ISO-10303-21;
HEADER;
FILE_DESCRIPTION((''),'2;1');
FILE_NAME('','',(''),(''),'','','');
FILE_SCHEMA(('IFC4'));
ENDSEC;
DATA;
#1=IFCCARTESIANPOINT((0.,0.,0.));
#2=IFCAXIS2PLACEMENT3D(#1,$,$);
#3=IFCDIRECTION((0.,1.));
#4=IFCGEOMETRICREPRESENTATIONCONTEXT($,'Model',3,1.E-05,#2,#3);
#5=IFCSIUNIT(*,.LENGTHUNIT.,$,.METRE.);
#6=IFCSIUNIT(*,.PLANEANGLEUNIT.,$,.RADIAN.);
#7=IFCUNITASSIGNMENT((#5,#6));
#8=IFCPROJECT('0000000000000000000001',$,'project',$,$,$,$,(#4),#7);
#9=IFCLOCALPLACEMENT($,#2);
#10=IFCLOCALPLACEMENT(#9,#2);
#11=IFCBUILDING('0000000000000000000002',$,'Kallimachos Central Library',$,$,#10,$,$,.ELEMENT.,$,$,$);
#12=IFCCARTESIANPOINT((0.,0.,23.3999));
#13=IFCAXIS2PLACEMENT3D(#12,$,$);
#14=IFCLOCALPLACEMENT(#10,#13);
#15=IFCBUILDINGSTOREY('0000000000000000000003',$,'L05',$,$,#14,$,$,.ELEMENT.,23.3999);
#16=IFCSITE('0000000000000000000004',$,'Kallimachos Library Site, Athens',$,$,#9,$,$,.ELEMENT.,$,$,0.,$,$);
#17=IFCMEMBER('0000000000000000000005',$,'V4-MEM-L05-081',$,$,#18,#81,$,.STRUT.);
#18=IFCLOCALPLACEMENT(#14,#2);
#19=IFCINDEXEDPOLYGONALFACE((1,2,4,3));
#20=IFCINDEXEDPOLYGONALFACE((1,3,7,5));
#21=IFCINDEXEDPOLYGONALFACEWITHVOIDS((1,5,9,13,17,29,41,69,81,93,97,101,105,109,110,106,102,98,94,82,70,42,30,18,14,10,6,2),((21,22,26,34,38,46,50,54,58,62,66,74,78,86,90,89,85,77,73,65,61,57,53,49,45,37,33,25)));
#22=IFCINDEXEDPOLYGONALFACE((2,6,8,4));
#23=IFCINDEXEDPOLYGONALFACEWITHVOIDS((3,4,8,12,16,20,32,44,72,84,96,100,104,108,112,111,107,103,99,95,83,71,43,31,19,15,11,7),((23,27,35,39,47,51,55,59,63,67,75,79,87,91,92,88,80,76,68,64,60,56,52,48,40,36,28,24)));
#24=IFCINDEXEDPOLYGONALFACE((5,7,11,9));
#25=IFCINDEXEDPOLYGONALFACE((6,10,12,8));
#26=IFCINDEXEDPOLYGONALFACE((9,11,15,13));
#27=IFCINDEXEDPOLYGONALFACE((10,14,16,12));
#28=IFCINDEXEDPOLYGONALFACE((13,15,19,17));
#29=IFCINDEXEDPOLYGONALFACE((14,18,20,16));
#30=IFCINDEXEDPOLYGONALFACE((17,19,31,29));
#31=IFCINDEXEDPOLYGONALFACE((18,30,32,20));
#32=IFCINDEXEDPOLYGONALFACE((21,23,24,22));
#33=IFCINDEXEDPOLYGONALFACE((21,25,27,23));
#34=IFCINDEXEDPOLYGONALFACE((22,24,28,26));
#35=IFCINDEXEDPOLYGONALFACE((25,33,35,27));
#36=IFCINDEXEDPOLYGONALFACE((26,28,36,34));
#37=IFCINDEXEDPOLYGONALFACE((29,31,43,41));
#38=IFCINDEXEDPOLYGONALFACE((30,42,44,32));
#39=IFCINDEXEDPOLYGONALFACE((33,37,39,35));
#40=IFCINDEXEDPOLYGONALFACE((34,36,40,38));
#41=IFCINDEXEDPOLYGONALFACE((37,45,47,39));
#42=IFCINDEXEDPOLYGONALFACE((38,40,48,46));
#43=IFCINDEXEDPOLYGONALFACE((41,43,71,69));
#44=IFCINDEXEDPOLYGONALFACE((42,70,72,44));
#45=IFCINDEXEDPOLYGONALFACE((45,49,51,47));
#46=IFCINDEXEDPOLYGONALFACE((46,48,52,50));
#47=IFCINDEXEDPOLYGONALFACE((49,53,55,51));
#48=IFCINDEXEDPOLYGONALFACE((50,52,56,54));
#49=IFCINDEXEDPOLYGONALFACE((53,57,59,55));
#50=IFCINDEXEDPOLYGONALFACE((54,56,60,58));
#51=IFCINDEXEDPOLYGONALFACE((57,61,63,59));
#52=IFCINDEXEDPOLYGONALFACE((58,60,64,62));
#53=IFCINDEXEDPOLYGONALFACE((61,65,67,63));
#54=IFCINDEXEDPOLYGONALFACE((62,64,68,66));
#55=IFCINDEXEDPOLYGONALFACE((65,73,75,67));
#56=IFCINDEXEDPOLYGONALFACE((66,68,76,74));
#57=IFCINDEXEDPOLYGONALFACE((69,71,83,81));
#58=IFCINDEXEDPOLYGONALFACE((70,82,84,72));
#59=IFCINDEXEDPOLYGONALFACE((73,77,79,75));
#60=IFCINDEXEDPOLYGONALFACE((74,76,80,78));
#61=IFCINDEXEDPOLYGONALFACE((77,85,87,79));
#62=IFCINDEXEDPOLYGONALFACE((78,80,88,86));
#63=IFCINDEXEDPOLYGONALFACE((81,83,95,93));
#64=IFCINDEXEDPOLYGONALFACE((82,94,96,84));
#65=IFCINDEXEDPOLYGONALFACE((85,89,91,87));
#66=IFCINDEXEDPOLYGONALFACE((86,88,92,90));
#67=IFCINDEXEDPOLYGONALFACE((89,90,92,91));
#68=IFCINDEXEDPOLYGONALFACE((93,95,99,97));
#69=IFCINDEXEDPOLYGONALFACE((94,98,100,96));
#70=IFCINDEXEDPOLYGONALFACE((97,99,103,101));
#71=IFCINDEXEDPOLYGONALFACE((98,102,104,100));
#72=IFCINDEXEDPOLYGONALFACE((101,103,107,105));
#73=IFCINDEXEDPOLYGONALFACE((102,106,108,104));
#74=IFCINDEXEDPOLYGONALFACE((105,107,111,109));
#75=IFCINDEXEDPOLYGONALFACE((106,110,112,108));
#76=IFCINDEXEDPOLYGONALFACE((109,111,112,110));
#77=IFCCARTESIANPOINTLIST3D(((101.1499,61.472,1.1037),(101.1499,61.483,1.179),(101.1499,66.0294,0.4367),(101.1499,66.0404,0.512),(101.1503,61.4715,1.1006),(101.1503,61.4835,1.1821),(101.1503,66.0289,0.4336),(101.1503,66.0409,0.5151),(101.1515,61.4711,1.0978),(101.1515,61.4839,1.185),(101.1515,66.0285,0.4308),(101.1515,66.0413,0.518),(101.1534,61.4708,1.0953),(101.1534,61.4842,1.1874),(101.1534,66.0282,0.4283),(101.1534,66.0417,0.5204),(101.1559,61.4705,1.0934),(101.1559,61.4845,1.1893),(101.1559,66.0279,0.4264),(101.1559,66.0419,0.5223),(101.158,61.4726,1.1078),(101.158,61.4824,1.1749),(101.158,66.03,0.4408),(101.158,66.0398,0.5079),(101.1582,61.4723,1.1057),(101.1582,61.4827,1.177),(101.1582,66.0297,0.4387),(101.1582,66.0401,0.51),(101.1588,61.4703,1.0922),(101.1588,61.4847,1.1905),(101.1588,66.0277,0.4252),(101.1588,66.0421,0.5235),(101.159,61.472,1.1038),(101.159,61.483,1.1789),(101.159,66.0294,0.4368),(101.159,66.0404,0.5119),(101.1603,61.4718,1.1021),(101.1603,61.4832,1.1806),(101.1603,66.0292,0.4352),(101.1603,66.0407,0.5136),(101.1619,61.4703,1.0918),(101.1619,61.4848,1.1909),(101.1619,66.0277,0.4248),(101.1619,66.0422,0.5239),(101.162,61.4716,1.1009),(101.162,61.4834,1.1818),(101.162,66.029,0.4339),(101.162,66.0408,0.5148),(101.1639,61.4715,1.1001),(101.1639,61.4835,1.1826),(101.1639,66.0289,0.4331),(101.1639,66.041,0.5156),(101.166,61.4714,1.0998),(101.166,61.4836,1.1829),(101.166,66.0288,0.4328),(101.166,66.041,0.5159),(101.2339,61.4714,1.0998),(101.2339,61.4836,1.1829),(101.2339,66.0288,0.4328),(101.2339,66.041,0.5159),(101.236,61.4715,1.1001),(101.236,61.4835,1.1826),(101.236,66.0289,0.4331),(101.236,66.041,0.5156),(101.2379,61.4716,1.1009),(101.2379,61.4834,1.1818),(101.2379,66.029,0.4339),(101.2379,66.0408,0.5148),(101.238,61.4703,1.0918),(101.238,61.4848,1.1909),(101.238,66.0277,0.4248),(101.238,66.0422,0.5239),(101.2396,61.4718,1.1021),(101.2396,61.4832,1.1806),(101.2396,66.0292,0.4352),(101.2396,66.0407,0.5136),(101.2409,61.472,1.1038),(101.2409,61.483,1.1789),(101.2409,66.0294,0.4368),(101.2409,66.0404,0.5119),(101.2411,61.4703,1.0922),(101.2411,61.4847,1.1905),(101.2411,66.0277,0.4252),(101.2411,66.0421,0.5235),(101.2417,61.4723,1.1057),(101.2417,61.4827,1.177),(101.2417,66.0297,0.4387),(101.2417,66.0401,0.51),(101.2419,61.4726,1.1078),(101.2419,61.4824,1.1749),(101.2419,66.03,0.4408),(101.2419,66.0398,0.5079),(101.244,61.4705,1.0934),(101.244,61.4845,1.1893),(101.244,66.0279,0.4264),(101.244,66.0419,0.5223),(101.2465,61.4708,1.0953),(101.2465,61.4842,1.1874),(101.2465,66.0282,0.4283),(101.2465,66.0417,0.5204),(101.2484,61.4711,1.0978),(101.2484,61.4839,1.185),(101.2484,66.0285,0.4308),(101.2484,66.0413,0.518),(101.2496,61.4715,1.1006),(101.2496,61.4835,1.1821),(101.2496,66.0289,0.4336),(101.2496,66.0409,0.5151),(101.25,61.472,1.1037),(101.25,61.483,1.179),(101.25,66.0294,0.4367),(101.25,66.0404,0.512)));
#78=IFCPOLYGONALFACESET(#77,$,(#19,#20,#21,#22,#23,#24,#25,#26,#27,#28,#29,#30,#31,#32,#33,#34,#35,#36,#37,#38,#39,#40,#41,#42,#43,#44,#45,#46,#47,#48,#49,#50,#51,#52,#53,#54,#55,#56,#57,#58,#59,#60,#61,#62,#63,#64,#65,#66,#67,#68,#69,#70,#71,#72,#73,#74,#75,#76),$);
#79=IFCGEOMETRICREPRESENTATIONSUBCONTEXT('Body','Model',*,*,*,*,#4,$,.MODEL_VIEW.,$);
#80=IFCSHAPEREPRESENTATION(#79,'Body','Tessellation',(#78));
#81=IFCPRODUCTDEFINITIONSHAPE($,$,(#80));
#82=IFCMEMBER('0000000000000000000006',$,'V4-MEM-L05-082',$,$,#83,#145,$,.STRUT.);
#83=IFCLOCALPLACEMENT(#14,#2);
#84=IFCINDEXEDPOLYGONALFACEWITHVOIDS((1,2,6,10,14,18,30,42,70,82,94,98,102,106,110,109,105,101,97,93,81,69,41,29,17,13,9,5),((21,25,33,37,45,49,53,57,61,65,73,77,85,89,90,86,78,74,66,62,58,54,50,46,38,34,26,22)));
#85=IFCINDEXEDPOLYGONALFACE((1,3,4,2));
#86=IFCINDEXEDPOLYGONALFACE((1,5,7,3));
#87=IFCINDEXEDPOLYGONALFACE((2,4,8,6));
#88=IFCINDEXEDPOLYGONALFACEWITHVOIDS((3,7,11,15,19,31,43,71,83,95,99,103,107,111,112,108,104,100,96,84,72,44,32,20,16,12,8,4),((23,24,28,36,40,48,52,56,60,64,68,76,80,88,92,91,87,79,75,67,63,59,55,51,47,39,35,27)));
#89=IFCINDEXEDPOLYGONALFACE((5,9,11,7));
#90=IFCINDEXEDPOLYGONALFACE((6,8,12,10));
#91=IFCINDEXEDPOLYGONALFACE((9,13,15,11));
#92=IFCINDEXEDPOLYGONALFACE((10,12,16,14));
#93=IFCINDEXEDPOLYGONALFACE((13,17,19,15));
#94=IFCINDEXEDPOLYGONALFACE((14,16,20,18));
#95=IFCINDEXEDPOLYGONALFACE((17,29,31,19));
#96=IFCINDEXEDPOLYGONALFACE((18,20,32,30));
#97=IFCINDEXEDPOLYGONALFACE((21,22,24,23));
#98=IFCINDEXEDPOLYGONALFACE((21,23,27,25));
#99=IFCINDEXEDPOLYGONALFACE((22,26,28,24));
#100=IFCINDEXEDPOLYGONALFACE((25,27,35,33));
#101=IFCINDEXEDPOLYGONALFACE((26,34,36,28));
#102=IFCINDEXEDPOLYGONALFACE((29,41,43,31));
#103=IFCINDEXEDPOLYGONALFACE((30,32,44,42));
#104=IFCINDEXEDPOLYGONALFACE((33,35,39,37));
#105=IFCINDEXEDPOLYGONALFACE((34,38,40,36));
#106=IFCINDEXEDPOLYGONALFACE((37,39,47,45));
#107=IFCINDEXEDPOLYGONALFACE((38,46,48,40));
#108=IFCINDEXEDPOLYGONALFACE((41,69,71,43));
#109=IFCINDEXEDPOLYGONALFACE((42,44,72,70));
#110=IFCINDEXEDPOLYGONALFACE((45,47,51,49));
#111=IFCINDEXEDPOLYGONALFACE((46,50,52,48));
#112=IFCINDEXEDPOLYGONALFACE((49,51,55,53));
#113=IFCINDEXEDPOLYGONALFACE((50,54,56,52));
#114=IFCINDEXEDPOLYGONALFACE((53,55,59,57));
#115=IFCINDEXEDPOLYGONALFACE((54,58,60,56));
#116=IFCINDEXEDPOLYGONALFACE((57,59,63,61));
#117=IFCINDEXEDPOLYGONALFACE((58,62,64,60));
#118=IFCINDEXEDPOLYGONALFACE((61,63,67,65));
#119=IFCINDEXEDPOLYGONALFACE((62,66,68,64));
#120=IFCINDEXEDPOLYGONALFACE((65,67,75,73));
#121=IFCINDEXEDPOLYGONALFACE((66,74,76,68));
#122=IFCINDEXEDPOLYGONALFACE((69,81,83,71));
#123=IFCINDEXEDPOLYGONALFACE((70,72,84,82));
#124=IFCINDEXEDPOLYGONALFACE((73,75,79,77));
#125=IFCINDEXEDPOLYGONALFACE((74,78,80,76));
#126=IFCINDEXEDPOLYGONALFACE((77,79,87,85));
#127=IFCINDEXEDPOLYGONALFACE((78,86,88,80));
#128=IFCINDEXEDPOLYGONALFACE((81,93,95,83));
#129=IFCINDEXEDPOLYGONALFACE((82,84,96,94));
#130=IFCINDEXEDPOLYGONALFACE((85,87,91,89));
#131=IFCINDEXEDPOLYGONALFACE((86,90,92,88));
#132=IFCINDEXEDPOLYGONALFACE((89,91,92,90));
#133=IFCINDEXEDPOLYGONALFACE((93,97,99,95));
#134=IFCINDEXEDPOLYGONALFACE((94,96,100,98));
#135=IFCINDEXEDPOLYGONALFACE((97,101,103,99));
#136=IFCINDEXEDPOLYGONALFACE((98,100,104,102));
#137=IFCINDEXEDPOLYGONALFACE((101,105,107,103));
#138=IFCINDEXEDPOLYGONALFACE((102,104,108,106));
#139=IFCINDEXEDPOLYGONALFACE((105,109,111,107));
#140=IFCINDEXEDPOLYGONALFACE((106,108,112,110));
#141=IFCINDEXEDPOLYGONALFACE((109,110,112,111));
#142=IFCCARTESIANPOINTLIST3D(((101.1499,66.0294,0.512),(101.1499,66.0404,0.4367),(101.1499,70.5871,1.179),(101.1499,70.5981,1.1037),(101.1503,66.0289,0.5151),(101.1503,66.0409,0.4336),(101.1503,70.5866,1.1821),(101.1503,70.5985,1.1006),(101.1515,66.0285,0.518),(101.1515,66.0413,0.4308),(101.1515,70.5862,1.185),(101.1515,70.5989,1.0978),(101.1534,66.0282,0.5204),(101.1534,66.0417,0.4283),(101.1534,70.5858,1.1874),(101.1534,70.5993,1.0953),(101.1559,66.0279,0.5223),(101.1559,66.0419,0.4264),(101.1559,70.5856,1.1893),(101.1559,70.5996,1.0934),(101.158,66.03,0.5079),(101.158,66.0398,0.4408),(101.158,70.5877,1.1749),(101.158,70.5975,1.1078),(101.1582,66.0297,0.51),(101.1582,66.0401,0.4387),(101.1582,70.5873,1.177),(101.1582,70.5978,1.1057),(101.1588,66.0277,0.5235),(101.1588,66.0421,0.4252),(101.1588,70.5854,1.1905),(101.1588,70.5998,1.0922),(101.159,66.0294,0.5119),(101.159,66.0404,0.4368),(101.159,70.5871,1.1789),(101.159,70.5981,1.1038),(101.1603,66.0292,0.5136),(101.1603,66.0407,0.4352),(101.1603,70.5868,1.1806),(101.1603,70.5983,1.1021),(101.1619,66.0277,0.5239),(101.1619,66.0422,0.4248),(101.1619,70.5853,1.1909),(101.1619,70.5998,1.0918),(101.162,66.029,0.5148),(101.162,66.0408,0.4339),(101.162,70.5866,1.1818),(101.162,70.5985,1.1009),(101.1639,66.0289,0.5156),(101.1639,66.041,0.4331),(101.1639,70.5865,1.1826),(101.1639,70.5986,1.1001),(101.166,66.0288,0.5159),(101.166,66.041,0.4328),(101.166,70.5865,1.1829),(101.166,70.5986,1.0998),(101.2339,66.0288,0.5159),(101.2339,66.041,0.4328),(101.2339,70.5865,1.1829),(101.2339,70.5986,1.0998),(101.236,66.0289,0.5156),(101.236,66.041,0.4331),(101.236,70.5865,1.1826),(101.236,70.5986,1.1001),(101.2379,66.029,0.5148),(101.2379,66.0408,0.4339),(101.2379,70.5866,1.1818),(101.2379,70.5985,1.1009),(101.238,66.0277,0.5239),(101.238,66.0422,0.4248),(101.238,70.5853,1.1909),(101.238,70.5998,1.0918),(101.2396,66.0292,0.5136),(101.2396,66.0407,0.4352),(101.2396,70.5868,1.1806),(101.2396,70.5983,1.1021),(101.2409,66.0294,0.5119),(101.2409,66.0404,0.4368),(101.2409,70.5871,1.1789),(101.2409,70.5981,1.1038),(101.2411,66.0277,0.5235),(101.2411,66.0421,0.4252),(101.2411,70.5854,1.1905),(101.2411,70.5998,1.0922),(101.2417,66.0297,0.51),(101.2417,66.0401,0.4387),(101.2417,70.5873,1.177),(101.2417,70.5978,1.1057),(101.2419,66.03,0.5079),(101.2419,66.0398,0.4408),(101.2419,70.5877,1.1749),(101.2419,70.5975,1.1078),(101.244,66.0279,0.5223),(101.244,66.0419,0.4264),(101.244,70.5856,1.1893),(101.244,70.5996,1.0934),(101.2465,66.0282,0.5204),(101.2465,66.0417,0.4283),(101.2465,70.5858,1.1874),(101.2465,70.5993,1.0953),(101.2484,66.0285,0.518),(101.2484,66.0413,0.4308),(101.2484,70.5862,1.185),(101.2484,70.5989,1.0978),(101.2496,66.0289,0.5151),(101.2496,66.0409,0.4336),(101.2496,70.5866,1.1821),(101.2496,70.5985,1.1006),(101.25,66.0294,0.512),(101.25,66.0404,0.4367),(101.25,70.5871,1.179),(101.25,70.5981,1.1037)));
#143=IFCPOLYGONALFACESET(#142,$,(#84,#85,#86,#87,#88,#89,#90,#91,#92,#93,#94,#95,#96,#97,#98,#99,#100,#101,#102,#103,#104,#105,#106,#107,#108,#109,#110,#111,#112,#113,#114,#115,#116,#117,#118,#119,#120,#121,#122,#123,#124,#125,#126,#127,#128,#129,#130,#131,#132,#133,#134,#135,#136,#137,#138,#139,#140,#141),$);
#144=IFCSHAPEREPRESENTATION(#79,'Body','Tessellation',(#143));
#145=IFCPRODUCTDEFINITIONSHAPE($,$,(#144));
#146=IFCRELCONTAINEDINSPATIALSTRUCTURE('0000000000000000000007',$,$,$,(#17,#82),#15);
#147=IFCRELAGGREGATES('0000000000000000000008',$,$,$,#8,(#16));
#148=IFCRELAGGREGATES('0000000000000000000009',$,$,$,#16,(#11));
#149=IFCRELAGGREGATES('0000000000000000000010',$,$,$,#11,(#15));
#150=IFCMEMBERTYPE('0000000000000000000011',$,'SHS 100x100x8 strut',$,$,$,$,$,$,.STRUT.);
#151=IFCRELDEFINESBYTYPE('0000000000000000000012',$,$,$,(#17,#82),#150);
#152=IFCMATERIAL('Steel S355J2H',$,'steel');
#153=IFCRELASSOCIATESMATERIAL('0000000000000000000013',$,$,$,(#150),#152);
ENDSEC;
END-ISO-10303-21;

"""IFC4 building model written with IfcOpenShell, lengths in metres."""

from ifc_helpers import new_model, si_unit, direction, frame, origin, origin_2d, place, context, subcontext, project, spatial, hollow_rectangle, extrude, material, material_profile, profile_set, type_object, element, save


model = new_model("IFC4")

# Units and contexts
model_context = context("Model", 3, precision=1e-05, world=origin(), true_north=direction((0.0, 1.0)))
body_context = subcontext(model_context, "Body", "Model", "MODEL_VIEW")
ifc_project = project(units=[si_unit("LENGTHUNIT", "METRE"), si_unit("PLANEANGLEUNIT", "RADIAN")], contexts=[model_context])

# Site, building, storey
site_placement = place(None, origin())
site = spatial("IfcSite", under=ifc_project, at=site_placement, Name="Kallimachos Library Site, Athens", CompositionType="ELEMENT", RefElevation=0.0)
building_placement = place(site_placement, origin())
building = spatial("IfcBuilding", under=site, at=building_placement, Name="Kallimachos Central Library", CompositionType="ELEMENT")
storey_placement = place(building_placement, frame((0.0, 0.0, 23.3999)))
storey = spatial("IfcBuildingStorey", under=building, at=storey_placement, Name="L05", CompositionType="ELEMENT", Elevation=23.3999)

# Members
ifc_material_1 = material(Name="Steel S355J2H", Category="steel")
ifc_material_profile_1 = material_profile(ifc_material_1, hollow_rectangle(XDim=0.1001, YDim=0.1001, WallThickness=0.0081, InnerFilletRadius=0.0081, OuterFilletRadius=0.012, at=origin_2d()), Name="SHS 100x100x8")
ifc_profile_set_1 = profile_set([ifc_material_profile_1], Name="Steel S355J2H")
member_type_1 = type_object("IfcMemberType", Name="SHS 100x100x8 strut", PredefinedType="STRUT", material=ifc_profile_set_1)
member_1_placement = place(storey_placement, frame((101.2, 66.0349, 0.4744), z_axis=(0.0, -0.989459, 0.144812), x_axis=(1.0, 0.0, 0.0)))
element("IfcMember", 1, at=member_1_placement, inside=storey, type_object=member_type_1, Name="V4-MEM-L05-081", PredefinedType="STRUT", context=body_context, shape_type="SweptSolid", body=[
    extrude(hollow_rectangle(XDim=0.1001, YDim=0.1001, WallThickness=0.0081, InnerFilletRadius=0.0081, OuterFilletRadius=0.012, at=origin_2d()), origin(), (0.0, 0.0, 1.0), 4.606),
])
member_2_placement = place(storey_placement, frame((101.2, 66.0349, 0.4744), z_axis=(0.0, 0.98946, 0.144804), x_axis=(-1.0, 0.0, 0.0)))
element("IfcMember", 2, at=member_2_placement, inside=storey, type_object=member_type_1, Name="V4-MEM-L05-082", PredefinedType="STRUT", context=body_context, shape_type="SweptSolid", body=[
    extrude(hollow_rectangle(XDim=0.1001, YDim=0.1001, WallThickness=0.0081, InnerFilletRadius=0.0081, OuterFilletRadius=0.012, at=origin_2d()), origin(), (0.0, 0.0, 1.0), 4.6062),
])

save(model, "model.ifc")
